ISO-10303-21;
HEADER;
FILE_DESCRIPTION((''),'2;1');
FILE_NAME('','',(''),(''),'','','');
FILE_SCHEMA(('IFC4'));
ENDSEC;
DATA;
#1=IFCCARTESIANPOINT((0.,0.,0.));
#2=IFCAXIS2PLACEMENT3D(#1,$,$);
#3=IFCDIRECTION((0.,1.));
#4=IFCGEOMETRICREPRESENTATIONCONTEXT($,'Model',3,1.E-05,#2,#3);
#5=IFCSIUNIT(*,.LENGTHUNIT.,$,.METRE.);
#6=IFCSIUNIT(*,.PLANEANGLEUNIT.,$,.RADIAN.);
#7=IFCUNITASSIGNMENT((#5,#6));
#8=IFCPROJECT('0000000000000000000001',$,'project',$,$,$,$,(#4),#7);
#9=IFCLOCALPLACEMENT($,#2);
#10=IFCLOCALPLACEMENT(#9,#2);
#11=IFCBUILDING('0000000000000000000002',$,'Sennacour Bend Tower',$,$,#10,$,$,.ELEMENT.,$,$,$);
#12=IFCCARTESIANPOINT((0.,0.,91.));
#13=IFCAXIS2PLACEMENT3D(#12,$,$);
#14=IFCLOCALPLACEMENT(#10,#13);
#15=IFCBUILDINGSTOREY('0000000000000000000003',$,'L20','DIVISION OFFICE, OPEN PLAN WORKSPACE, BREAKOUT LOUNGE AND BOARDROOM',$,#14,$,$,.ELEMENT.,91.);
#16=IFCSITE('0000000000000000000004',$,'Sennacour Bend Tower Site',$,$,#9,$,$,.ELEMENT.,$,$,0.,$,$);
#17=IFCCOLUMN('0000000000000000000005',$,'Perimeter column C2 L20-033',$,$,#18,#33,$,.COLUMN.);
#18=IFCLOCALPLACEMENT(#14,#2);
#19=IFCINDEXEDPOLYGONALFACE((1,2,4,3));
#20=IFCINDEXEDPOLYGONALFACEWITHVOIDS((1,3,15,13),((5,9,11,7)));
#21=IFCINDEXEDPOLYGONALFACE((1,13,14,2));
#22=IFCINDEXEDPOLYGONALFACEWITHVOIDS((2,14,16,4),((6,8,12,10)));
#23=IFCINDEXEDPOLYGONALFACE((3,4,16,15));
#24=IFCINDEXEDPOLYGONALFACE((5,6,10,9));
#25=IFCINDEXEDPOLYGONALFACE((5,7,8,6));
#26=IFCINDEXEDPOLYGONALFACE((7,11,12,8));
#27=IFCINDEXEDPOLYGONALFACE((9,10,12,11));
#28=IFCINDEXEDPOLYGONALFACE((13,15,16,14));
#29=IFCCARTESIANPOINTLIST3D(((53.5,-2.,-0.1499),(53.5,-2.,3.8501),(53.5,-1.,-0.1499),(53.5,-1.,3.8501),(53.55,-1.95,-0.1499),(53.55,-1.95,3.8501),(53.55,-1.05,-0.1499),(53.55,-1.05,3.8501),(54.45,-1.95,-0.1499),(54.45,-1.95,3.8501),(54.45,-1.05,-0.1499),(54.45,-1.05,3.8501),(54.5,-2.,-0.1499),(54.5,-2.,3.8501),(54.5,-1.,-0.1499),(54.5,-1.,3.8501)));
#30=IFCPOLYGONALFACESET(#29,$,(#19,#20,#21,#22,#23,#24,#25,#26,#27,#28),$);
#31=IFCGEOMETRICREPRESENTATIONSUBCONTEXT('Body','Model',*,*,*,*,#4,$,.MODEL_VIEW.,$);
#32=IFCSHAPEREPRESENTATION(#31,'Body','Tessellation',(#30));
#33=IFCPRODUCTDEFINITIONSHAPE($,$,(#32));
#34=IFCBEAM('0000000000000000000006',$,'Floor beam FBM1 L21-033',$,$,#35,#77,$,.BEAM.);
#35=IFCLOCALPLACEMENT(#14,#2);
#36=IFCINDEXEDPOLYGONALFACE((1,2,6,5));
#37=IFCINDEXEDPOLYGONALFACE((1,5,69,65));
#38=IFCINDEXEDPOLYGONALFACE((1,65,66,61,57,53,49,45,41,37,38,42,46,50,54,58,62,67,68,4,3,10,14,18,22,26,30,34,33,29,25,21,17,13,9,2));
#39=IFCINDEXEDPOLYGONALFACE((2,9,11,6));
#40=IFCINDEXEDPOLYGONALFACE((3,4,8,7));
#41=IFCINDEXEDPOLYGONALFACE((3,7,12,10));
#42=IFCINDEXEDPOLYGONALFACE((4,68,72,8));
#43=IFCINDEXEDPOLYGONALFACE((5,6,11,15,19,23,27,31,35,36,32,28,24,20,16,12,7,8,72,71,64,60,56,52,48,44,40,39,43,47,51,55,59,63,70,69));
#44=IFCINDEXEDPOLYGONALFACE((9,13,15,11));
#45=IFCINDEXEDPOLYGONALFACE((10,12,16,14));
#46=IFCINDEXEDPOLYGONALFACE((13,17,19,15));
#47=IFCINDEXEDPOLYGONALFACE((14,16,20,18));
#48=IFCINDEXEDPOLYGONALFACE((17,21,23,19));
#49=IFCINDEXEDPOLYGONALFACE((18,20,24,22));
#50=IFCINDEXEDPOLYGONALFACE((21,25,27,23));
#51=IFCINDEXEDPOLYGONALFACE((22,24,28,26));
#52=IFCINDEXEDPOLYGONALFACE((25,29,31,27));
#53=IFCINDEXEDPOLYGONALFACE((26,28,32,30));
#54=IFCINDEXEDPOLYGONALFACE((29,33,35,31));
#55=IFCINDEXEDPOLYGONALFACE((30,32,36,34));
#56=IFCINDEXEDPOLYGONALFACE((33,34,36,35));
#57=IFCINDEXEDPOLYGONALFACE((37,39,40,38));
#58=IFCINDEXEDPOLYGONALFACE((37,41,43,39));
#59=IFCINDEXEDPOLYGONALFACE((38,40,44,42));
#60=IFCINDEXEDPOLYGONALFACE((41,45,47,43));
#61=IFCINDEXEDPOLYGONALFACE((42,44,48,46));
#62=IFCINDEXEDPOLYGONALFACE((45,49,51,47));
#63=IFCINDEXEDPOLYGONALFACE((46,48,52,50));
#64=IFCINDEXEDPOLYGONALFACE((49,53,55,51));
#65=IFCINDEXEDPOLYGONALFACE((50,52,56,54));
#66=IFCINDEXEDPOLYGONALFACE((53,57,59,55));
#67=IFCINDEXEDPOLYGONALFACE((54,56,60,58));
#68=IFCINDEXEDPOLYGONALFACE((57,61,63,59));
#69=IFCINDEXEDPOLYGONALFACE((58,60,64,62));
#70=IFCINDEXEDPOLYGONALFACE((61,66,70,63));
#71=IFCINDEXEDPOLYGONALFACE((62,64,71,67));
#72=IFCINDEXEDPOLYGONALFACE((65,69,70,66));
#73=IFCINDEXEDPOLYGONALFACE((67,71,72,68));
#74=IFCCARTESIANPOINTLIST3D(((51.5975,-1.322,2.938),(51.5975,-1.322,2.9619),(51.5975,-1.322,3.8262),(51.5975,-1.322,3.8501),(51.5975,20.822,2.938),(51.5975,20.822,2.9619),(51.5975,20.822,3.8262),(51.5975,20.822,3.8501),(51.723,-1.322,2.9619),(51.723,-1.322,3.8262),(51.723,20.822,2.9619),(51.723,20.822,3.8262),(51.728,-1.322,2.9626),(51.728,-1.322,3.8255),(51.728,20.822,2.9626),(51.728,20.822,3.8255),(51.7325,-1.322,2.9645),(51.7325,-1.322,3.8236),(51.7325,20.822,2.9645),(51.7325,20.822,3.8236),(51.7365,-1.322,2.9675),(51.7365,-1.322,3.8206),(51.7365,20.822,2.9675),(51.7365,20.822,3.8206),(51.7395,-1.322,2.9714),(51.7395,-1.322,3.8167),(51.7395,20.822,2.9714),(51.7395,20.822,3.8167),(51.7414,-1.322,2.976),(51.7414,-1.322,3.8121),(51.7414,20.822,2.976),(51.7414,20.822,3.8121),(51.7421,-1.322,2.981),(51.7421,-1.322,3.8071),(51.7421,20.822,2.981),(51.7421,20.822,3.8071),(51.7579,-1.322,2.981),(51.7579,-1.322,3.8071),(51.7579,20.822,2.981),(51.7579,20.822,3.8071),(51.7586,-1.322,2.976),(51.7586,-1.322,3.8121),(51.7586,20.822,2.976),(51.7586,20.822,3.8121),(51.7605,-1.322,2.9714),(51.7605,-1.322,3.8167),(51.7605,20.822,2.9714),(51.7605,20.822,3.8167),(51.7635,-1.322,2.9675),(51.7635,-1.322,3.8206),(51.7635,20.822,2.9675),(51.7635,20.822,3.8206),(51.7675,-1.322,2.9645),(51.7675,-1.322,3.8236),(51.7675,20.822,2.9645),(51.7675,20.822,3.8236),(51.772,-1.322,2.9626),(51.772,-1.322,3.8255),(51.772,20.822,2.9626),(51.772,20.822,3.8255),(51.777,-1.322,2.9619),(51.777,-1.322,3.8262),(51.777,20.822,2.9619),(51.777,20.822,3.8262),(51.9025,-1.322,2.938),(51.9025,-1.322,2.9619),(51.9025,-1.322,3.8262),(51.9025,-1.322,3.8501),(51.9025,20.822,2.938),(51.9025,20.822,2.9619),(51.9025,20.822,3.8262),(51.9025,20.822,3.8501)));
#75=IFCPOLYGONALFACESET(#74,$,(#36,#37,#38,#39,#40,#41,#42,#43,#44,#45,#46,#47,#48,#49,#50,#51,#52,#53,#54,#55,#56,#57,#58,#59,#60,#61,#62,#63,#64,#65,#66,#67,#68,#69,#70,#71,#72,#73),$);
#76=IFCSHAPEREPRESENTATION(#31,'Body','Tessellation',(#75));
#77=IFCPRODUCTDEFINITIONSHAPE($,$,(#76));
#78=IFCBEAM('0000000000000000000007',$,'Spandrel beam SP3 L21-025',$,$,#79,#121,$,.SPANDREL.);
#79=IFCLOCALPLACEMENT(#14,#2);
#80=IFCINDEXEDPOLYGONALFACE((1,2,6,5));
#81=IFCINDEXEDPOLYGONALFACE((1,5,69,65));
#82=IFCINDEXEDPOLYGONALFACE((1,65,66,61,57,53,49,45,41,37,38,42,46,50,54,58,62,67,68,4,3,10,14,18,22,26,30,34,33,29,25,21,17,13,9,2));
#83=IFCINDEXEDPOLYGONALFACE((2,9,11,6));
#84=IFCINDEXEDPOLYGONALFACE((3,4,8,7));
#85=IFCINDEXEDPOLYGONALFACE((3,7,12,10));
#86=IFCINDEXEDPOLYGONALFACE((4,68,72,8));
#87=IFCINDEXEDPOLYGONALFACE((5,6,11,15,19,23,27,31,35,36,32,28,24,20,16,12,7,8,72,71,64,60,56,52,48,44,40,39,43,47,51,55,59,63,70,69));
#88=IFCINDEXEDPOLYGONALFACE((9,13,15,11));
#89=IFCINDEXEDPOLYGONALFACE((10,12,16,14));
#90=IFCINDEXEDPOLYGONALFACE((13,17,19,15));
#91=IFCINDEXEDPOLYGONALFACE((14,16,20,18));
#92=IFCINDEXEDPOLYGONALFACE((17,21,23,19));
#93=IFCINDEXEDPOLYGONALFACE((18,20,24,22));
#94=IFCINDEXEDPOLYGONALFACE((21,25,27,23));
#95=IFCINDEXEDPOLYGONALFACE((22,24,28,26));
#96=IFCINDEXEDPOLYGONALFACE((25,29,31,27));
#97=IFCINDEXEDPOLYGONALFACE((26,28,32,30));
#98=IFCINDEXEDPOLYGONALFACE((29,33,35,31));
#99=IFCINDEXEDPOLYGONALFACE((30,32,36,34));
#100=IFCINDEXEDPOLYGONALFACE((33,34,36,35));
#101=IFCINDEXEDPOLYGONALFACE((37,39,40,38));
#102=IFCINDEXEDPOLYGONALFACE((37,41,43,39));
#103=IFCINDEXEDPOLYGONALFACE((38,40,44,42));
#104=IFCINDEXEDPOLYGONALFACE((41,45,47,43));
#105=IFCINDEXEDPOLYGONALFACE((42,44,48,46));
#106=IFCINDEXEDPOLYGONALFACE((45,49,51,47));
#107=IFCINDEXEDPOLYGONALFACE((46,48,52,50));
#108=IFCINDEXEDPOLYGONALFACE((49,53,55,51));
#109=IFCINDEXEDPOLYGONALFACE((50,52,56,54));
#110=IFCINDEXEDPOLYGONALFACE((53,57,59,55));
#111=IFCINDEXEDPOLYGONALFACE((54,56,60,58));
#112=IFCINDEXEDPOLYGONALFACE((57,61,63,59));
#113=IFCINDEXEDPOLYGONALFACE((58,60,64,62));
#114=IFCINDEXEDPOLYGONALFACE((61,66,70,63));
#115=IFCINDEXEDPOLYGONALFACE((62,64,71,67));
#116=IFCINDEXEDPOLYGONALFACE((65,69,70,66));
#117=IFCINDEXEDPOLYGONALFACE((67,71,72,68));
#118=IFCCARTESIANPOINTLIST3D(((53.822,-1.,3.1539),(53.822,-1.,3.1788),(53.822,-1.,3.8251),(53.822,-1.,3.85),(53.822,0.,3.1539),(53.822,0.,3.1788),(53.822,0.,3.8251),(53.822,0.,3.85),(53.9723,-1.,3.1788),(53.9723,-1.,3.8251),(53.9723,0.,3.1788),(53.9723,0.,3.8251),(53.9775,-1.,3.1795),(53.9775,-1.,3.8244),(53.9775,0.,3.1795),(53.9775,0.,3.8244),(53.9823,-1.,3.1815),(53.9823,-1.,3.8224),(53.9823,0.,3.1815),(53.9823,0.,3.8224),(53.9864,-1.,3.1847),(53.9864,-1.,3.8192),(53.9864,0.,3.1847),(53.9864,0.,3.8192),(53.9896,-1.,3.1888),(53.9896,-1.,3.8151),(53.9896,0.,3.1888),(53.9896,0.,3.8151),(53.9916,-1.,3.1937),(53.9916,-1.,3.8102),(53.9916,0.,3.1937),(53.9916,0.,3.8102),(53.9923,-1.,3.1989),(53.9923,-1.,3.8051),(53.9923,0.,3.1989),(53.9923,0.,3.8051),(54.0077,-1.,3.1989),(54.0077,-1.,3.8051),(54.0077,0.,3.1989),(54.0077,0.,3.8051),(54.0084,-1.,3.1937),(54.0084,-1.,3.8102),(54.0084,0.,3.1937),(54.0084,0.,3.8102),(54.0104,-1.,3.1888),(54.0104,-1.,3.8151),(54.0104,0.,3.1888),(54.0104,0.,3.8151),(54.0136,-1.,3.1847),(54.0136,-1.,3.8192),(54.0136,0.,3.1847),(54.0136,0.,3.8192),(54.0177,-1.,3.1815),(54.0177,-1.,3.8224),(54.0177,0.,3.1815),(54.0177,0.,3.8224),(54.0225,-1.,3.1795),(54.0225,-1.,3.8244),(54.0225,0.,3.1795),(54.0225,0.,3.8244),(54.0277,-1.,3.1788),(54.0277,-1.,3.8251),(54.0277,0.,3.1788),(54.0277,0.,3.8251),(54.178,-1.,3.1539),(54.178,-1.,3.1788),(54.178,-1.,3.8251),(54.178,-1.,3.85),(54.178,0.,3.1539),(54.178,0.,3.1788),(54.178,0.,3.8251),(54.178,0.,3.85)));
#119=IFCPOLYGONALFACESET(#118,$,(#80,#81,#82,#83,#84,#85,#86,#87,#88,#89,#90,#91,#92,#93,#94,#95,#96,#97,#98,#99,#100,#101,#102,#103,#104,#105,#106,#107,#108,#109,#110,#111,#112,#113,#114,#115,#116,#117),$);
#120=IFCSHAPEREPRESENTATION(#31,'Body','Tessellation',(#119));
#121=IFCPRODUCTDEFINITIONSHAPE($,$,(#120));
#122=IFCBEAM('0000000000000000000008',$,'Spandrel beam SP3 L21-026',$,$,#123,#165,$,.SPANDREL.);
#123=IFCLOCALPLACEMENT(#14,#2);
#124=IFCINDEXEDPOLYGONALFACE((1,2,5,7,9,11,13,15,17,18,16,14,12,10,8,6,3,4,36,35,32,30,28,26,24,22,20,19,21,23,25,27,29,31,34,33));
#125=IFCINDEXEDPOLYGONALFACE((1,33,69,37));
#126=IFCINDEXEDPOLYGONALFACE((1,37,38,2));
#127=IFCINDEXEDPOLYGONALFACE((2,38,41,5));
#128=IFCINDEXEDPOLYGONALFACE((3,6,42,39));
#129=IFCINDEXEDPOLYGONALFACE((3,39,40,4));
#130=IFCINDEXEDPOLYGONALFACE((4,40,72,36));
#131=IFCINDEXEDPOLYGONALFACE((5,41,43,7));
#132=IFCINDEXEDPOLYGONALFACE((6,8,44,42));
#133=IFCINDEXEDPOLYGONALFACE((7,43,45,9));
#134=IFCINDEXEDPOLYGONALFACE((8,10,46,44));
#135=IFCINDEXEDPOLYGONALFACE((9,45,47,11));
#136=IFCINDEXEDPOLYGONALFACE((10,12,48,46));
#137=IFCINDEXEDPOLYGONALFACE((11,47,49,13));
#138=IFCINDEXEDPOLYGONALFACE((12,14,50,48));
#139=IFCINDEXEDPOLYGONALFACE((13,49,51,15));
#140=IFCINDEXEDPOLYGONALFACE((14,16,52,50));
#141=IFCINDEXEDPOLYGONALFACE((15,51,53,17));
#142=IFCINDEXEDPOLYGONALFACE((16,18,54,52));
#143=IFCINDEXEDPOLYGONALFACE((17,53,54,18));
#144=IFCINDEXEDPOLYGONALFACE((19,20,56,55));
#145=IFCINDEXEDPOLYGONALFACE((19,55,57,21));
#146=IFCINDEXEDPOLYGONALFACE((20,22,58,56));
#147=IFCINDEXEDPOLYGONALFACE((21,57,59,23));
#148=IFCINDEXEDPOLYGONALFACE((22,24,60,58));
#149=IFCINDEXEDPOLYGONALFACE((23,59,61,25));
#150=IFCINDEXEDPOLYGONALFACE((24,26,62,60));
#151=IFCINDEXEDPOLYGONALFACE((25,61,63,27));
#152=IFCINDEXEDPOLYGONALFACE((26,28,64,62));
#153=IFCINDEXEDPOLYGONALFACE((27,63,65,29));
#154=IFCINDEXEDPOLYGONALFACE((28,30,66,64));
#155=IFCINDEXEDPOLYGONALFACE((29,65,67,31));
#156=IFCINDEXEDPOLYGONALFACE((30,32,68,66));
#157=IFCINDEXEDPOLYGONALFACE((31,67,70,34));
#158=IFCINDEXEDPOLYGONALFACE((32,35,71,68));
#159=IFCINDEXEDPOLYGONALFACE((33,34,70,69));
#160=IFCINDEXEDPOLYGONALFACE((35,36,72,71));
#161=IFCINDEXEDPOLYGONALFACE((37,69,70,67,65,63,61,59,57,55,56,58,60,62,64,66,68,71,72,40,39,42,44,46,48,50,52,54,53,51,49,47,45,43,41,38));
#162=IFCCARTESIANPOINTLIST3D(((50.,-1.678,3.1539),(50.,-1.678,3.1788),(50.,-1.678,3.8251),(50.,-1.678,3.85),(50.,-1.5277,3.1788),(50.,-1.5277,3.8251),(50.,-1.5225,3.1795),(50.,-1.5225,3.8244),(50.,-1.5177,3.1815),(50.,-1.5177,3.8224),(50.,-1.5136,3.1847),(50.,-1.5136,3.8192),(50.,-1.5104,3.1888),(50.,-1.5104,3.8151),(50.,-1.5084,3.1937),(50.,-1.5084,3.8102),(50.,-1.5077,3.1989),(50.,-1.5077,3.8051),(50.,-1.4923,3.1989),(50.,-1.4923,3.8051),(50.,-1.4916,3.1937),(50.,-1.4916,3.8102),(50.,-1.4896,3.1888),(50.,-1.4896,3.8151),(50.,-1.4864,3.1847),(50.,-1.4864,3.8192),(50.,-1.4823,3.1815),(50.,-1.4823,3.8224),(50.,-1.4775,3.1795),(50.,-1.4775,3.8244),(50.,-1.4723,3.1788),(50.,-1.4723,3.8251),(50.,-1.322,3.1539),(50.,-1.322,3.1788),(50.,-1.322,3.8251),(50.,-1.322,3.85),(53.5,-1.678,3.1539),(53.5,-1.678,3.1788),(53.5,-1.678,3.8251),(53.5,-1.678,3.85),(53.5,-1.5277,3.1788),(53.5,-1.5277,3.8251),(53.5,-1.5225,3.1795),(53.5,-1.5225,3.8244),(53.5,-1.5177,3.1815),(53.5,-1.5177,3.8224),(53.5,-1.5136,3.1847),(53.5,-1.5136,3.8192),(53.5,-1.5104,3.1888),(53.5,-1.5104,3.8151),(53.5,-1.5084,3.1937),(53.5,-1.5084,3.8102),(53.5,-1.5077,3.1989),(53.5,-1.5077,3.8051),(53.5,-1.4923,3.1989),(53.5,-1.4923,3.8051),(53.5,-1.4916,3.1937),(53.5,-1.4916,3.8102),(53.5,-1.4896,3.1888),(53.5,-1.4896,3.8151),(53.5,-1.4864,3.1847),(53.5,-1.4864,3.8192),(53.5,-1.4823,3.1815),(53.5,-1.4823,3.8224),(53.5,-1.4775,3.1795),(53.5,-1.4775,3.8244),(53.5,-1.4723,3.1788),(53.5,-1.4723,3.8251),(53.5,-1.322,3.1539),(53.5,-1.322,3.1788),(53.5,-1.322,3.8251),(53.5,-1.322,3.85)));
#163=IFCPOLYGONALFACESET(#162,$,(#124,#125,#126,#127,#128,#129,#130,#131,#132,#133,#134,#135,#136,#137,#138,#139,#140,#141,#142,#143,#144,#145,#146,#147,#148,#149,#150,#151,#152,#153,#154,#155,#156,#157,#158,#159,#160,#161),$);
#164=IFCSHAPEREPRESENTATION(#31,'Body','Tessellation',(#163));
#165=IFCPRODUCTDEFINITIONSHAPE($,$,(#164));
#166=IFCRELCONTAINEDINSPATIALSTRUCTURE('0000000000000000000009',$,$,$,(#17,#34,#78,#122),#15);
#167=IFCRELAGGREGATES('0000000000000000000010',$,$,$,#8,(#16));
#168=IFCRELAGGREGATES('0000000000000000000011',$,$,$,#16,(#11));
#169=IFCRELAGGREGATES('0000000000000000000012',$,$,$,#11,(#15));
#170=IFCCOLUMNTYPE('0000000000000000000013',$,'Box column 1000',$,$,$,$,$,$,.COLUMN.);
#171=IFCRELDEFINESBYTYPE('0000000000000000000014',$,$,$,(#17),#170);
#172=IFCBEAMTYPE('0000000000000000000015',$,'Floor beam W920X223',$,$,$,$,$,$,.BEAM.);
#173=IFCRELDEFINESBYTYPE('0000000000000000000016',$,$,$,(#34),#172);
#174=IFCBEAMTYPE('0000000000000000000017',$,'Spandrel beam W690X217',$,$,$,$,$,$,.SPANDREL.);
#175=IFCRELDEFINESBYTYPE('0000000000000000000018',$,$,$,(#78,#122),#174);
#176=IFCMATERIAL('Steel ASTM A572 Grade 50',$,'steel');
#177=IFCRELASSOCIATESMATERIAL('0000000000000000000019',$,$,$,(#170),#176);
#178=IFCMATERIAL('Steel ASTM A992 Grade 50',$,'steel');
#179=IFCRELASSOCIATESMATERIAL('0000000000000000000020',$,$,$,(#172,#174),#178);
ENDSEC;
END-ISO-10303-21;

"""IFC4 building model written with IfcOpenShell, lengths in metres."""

from ifc_helpers import new_model, si_unit, direction, frame, origin, origin_2d, place, context, subcontext, project, spatial, hollow_rectangle, i_section, extrude, material, material_profile, profile_set, type_object, element, save


model = new_model("IFC4")

# Units and contexts
model_context = context("Model", 3, precision=1e-05, world=origin(), true_north=direction((0.0, 1.0)))
body_context = subcontext(model_context, "Body", "Model", "MODEL_VIEW")
ifc_project = project(units=[si_unit("LENGTHUNIT", "METRE"), si_unit("PLANEANGLEUNIT", "RADIAN")], contexts=[model_context])

# Site, building, storey
site_placement = place(None, origin())
site = spatial("IfcSite", under=ifc_project, at=site_placement, Name="Sennacour Bend Tower Site", CompositionType="ELEMENT", RefElevation=0.0)
building_placement = place(site_placement, origin())
building = spatial("IfcBuilding", under=site, at=building_placement, Name="Sennacour Bend Tower", CompositionType="ELEMENT")
storey_placement = place(building_placement, frame((0.0, 0.0, 91.0)))
storey = spatial("IfcBuildingStorey", under=building, at=storey_placement, Name="L20", Description="DIVISION OFFICE, OPEN PLAN WORKSPACE, BREAKOUT LOUNGE AND BOARDROOM", CompositionType="ELEMENT", Elevation=91.0)

# Column
ifc_material_1 = material(Name="Steel ASTM A572 Grade 50", Category="steel")
ifc_material_profile_1 = material_profile(ifc_material_1, hollow_rectangle(XDim=1.0, YDim=1.0, WallThickness=0.05, at=origin_2d()), Name="Steel ASTM A572 Grade 50", Category="steel")
ifc_profile_set_1 = profile_set([ifc_material_profile_1], Name="Steel ASTM A572 Grade 50")
column_type = type_object("IfcColumnType", Name="Box column 1000", PredefinedType="COLUMN", material=ifc_profile_set_1)
column_placement = place(storey_placement, frame((54.0, -1.5, -0.1499), z_axis=(0.0, 0.0, 1.0), x_axis=(1.0, 0.0, 0.0)))
element("IfcColumn", 1, at=column_placement, inside=storey, type_object=column_type, Name="Perimeter column C2 L20-033", PredefinedType="COLUMN", context=body_context, shape_type="SweptSolid", body=[
    extrude(hollow_rectangle(XDim=1.0, YDim=1.0, WallThickness=0.05, at=origin_2d()), origin(), (0.0, 0.0, 1.0), 4.0),
])

# Beams
ifc_material_2 = material(Name="Steel ASTM A992 Grade 50", Category="steel")
ifc_material_profile_2 = material_profile(ifc_material_2, i_section(OverallWidth=0.3049, OverallDepth=0.9121, WebThickness=0.0159, FlangeThickness=0.0239, FilletRadius=0.019, at=origin_2d()), Name="Steel ASTM A992 Grade 50", Category="steel")
ifc_profile_set_2 = profile_set([ifc_material_profile_2], Name="Steel ASTM A992 Grade 50")
beam_type_1 = type_object("IfcBeamType", Name="Floor beam W920X223", PredefinedType="BEAM", material=ifc_profile_set_2)
beam_1_placement = place(storey_placement, frame((51.75, -1.322, 3.394), z_axis=(0.0, 1.0, 0.0), x_axis=(-1.0, 0.0, 0.0)))
element("IfcBeam", 2, at=beam_1_placement, inside=storey, type_object=beam_type_1, Name="Floor beam FBM1 L21-033", PredefinedType="BEAM", context=body_context, shape_type="SweptSolid", body=[
    extrude(i_section(OverallWidth=0.3049, OverallDepth=0.9121, WebThickness=0.0159, FlangeThickness=0.0239, FilletRadius=0.019, at=origin_2d()), origin(), (0.0, 0.0, 1.0), 22.144),
])
ifc_material_profile_3 = material_profile(ifc_material_2, i_section(OverallWidth=0.356, OverallDepth=0.696, WebThickness=0.0154, FlangeThickness=0.0249, FilletRadius=0.02, at=origin_2d()), Name="Steel ASTM A992 Grade 50", Category="steel")
ifc_profile_set_3 = profile_set([ifc_material_profile_3], Name="Steel ASTM A992 Grade 50")
beam_type_2 = type_object("IfcBeamType", Name="Spandrel beam W690X217", PredefinedType="SPANDREL", material=ifc_profile_set_3)
beam_2_placement = place(storey_placement, frame((54.0, 0.0, 3.502), z_axis=(0.0, -1.0, 0.0), x_axis=(1.0, 0.0, 0.0)))
element("IfcBeam", 3, at=beam_2_placement, inside=storey, type_object=beam_type_2, Name="Spandrel beam SP3 L21-025", PredefinedType="SPANDREL", context=body_context, shape_type="SweptSolid", body=[
    extrude(i_section(OverallWidth=0.356, OverallDepth=0.696, WebThickness=0.0154, FlangeThickness=0.0249, FilletRadius=0.02, at=origin_2d()), origin(), (0.0, 0.0, 1.0), 1.0),
])
beam_3_placement = place(storey_placement, frame((53.5, -1.5, 3.502), z_axis=(-1.0, 0.0, 0.0), x_axis=(0.0, -1.0, 0.0)))
element("IfcBeam", 4, at=beam_3_placement, inside=storey, type_object=beam_type_2, Name="Spandrel beam SP3 L21-026", PredefinedType="SPANDREL", context=body_context, shape_type="SweptSolid", body=[
    extrude(i_section(OverallWidth=0.356, OverallDepth=0.696, WebThickness=0.0154, FlangeThickness=0.0249, FilletRadius=0.02, at=origin_2d()), origin(), (0.0, 0.0, 1.0), 3.5),
])

save(model, "model.ifc")
